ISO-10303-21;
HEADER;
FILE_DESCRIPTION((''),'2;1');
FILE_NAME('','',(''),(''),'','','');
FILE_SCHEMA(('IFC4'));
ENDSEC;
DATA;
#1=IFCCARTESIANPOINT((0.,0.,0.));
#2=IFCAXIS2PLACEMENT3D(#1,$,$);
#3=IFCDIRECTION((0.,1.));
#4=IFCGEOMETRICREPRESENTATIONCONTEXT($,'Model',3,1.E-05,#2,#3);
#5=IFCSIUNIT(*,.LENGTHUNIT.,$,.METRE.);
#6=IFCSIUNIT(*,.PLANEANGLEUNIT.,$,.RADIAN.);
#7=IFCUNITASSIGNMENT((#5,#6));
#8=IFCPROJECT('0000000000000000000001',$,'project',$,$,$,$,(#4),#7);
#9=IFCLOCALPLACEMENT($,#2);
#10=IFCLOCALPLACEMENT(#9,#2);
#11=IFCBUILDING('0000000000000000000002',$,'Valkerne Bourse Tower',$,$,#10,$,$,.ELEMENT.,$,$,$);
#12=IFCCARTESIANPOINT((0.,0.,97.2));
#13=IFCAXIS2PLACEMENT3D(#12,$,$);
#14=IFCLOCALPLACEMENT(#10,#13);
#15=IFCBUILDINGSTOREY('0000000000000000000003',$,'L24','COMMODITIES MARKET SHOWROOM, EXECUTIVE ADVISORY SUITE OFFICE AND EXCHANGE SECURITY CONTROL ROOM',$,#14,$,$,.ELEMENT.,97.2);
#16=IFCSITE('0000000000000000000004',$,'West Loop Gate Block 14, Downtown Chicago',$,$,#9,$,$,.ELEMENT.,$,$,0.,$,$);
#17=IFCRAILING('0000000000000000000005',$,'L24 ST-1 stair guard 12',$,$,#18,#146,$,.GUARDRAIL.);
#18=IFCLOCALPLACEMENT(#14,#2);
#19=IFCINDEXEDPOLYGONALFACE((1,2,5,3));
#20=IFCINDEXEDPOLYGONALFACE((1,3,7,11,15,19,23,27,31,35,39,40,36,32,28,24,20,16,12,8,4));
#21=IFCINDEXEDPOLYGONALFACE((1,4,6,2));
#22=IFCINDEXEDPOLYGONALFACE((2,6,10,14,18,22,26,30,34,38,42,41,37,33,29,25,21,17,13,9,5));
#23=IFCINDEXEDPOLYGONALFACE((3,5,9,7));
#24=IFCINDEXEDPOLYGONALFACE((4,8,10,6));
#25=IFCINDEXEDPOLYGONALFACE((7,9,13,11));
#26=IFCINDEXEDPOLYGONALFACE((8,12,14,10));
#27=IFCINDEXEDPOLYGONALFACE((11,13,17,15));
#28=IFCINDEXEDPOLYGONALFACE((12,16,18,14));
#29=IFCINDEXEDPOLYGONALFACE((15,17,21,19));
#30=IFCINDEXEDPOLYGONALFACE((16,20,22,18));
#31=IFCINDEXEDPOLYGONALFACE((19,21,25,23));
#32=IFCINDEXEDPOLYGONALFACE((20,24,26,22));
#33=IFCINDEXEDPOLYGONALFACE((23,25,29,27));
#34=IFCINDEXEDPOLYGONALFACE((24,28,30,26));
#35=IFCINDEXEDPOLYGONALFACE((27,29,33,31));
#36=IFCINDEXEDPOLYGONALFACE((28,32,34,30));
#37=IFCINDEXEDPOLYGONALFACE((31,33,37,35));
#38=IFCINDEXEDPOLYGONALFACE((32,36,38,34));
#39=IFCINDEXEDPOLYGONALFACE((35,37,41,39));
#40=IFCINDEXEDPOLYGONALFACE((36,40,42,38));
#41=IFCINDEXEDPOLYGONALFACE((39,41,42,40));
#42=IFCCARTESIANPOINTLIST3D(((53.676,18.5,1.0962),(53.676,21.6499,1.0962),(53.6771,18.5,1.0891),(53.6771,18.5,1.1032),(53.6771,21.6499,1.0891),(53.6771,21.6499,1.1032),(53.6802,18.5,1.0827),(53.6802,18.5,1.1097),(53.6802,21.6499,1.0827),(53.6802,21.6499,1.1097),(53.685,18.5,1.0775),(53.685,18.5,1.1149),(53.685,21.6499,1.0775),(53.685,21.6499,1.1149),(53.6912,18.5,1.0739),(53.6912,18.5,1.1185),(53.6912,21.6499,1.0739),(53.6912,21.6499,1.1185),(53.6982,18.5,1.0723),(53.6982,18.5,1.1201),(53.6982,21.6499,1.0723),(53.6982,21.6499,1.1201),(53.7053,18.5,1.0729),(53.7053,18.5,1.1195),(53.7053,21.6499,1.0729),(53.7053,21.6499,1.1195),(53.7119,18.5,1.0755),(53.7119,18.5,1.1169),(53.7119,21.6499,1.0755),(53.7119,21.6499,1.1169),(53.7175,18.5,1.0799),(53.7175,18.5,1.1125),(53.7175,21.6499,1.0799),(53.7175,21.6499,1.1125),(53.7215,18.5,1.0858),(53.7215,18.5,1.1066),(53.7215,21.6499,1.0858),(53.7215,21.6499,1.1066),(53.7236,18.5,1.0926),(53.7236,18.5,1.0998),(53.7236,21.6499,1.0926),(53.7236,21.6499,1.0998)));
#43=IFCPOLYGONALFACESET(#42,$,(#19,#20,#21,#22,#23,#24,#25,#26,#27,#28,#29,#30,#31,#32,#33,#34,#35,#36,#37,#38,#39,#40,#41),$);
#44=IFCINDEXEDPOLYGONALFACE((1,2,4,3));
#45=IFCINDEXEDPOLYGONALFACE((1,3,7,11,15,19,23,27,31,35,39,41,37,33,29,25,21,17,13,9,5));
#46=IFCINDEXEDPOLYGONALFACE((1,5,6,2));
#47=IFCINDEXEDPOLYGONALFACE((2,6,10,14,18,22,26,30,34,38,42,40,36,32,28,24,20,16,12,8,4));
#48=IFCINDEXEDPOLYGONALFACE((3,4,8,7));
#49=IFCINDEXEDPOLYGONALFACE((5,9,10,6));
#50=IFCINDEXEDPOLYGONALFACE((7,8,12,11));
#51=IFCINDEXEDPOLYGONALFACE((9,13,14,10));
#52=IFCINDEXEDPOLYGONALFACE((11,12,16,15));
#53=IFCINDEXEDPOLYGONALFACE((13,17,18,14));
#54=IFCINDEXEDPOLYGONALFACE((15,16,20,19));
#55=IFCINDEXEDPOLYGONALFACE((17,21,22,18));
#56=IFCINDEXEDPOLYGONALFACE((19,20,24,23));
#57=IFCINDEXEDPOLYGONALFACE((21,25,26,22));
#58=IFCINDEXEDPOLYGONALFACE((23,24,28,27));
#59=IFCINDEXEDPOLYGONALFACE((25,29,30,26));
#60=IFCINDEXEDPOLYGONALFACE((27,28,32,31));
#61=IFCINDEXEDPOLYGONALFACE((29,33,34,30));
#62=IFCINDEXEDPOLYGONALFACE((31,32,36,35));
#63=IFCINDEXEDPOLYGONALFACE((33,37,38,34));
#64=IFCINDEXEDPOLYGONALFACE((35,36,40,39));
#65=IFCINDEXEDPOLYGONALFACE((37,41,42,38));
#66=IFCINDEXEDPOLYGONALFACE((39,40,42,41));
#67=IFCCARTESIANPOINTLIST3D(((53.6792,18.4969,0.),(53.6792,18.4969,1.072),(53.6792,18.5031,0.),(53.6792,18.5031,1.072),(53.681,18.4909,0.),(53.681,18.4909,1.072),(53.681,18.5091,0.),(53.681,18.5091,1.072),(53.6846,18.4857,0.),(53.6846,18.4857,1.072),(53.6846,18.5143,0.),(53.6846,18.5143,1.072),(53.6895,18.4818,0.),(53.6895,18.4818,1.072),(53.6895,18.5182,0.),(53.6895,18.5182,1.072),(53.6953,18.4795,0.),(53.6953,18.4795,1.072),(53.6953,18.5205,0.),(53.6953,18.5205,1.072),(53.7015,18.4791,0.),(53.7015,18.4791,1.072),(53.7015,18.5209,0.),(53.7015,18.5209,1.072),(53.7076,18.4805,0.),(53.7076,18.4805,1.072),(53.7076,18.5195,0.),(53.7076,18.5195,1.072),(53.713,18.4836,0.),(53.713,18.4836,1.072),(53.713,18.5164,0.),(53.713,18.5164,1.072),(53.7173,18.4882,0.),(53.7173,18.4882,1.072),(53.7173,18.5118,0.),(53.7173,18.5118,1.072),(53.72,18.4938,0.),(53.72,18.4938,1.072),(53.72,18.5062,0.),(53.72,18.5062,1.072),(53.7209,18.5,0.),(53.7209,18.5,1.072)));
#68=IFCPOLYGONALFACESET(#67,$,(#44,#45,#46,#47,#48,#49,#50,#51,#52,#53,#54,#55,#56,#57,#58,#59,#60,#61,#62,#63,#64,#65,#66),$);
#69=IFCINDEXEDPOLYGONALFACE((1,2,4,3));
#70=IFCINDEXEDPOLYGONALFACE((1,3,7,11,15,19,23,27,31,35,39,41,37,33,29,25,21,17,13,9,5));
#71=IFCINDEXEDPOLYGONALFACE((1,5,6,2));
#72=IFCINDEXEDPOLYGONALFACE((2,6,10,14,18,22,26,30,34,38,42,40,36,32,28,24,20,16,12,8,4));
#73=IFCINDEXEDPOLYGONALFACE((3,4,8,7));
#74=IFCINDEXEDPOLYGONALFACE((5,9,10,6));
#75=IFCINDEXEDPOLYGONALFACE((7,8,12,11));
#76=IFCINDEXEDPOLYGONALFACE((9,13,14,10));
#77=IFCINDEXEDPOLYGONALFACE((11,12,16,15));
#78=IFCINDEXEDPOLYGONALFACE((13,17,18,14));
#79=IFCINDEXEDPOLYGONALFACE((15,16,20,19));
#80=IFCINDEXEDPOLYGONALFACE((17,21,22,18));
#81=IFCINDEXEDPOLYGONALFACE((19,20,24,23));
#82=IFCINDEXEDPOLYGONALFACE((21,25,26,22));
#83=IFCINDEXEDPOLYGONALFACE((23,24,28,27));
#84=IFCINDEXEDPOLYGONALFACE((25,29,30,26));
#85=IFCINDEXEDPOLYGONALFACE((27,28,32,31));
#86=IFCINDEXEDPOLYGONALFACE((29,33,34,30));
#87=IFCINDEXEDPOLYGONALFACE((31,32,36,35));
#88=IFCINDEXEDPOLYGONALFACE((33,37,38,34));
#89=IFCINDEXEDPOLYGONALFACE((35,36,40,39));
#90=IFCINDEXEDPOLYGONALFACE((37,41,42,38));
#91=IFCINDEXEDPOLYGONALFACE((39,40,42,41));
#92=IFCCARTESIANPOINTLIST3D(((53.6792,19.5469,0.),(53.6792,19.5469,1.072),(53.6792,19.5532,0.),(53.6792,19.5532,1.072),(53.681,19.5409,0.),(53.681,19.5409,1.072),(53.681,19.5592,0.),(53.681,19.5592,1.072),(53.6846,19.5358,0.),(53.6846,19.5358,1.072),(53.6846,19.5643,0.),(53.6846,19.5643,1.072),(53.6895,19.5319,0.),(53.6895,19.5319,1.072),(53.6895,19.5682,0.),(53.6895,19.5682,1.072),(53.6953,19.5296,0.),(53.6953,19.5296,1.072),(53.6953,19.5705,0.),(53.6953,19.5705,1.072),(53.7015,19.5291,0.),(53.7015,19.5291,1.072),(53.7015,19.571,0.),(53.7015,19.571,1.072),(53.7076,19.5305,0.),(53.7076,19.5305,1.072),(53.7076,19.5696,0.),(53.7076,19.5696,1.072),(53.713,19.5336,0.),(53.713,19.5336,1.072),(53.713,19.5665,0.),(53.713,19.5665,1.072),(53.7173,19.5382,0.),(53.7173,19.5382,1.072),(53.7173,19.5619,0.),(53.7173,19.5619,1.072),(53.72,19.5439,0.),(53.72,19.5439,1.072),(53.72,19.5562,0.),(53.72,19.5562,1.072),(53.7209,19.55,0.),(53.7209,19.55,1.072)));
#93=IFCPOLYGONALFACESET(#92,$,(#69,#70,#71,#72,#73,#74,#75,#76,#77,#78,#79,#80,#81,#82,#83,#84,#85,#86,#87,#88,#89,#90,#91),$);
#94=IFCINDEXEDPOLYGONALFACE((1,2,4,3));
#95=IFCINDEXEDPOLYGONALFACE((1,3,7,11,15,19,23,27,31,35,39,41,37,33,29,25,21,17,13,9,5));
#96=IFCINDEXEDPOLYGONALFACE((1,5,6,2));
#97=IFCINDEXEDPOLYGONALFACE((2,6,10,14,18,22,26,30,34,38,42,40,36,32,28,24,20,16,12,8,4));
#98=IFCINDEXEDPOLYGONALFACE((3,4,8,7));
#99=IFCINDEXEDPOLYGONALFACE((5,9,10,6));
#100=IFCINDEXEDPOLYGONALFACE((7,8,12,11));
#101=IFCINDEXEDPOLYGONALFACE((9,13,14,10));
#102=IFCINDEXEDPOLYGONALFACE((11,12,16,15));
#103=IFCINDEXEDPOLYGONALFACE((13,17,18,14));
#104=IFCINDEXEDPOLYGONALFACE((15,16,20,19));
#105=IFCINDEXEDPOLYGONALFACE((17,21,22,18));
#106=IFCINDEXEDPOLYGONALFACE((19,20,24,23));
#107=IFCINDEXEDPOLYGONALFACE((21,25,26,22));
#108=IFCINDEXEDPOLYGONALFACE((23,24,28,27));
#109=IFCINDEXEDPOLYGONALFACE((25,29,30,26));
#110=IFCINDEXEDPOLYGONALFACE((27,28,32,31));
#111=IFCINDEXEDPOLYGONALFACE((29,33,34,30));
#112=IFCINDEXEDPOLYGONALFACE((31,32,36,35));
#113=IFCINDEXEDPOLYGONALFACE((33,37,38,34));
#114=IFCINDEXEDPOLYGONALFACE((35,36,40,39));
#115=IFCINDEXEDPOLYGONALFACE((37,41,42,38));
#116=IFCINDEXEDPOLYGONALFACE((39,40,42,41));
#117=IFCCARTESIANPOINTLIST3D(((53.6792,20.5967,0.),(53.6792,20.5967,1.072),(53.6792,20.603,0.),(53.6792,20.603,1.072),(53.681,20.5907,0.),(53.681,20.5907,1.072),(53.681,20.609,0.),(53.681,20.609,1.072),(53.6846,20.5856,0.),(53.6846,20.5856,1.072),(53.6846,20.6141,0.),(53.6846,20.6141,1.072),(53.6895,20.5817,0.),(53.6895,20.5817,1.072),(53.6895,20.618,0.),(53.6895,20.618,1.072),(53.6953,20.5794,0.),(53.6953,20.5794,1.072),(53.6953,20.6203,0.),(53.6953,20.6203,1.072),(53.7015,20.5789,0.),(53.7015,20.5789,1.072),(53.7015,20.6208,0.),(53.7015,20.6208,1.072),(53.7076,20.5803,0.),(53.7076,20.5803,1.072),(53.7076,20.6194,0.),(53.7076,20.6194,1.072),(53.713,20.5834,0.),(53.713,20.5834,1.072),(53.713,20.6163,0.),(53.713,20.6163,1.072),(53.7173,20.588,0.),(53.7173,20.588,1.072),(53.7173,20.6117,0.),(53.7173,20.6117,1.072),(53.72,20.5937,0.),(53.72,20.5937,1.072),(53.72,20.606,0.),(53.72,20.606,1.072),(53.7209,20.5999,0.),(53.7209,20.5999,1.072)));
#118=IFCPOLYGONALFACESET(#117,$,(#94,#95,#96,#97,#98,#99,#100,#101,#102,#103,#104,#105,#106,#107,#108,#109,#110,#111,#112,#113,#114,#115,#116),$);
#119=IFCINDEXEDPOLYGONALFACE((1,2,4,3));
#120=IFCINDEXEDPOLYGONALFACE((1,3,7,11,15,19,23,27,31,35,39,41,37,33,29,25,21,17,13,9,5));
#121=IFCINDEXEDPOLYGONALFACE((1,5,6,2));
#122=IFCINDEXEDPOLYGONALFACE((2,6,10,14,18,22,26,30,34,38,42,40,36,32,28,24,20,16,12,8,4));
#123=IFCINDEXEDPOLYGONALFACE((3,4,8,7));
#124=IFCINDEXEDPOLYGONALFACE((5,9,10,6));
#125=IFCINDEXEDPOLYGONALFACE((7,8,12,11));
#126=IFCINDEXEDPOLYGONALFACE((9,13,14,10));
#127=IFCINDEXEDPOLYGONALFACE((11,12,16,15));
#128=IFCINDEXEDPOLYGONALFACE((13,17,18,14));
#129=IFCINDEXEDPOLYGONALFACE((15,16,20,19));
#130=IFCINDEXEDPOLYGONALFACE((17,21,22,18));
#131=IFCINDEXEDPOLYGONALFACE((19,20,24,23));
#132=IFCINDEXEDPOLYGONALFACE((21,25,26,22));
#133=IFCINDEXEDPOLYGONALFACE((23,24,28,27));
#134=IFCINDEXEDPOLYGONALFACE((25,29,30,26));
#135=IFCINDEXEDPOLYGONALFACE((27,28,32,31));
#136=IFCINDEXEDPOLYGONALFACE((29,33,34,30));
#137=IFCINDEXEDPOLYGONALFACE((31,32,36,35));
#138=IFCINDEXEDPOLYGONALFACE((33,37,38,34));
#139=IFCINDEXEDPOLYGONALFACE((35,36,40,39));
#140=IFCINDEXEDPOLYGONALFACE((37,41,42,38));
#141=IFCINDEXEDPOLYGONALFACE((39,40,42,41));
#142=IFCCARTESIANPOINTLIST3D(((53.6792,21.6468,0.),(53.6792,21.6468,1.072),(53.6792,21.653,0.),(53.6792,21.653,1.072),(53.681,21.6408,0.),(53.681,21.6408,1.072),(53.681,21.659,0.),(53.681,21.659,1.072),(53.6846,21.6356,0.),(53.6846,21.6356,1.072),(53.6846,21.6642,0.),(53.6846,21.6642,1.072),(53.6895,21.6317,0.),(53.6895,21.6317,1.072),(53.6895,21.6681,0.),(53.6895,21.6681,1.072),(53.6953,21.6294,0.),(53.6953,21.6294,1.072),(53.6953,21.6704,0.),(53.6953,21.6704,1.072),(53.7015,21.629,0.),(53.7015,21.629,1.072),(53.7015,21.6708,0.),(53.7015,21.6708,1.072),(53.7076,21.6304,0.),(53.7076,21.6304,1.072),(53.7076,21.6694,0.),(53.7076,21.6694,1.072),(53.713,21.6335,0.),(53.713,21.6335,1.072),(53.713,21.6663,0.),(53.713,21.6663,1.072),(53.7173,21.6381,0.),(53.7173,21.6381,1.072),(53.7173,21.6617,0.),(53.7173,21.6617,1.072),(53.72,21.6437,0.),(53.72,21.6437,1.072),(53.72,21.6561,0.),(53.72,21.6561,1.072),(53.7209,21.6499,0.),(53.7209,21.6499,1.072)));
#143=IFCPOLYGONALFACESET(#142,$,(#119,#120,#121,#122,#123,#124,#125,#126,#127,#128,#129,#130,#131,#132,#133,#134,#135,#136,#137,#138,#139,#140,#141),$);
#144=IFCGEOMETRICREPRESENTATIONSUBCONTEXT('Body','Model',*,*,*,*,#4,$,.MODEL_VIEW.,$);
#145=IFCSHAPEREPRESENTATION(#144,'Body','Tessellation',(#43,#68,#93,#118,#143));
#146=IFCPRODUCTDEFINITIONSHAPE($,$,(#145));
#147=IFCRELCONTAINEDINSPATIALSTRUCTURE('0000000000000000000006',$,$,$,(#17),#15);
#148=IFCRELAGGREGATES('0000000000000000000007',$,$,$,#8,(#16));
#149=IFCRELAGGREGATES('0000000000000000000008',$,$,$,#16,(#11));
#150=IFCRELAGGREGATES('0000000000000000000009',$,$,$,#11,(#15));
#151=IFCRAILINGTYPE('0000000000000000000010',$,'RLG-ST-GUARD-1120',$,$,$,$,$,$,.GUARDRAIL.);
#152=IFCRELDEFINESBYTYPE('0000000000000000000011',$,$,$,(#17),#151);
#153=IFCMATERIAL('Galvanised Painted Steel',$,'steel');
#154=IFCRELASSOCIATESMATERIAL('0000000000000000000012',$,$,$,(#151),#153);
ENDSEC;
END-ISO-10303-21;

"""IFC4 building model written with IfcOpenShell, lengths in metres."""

from ifc_helpers import new_model, si_unit, direction, frame, origin, origin_2d, place, context, subcontext, project, spatial, circle, extrude, material, type_object, element, save


model = new_model("IFC4")

# Units and contexts
model_context = context("Model", 3, precision=1e-05, world=origin(), true_north=direction((0.0, 1.0)))
body_context = subcontext(model_context, "Body", "Model", "MODEL_VIEW")
ifc_project = project(units=[si_unit("LENGTHUNIT", "METRE"), si_unit("PLANEANGLEUNIT", "RADIAN")], contexts=[model_context])

# Site, building, storey
site_placement = place(None, origin())
site = spatial("IfcSite", under=ifc_project, at=site_placement, Name="West Loop Gate Block 14, Downtown Chicago", CompositionType="ELEMENT", RefElevation=0.0)
building_placement = place(site_placement, origin())
building = spatial("IfcBuilding", under=site, at=building_placement, Name="Valkerne Bourse Tower", CompositionType="ELEMENT")
storey_placement = place(building_placement, frame((0.0, 0.0, 97.2)))
storey = spatial("IfcBuildingStorey", under=building, at=storey_placement, Name="L24", Description="COMMODITIES MARKET SHOWROOM, EXECUTIVE ADVISORY SUITE OFFICE AND EXCHANGE SECURITY CONTROL ROOM", CompositionType="ELEMENT", Elevation=97.2)

# Railing
ifc_material_1 = material(Name="Galvanised Painted Steel", Category="steel")
railing_type = type_object("IfcRailingType", Name="RLG-ST-GUARD-1120", PredefinedType="GUARDRAIL", material=ifc_material_1)
railing_placement = place(storey_placement, frame((53.7, 18.5, 0.0)))
element("IfcRailing", 1, at=railing_placement, inside=storey, type_object=railing_type, Name="L24 ST-1 stair guard 12", PredefinedType="GUARDRAIL", context=body_context, shape_type="SweptSolid", body=[
    extrude(circle(Radius=0.0239, at=origin_2d()), frame((0.0, 0.0, 1.0962), z_axis=(0.0, 1.0, 0.0), x_axis=(-1.0, 0.0, 0.0)), (0.0, 0.0, 1.0), 3.1499),
    extrude(circle(Radius=0.021, at=origin_2d()), origin(), (0.0, 0.0, 1.0), 1.072),
    extrude(circle(Radius=0.021, at=origin_2d()), frame((0.0, 1.05, 0.0)), (0.0, 0.0, 1.0), 1.072),
    extrude(circle(Radius=0.021, at=origin_2d()), frame((0.0, 2.0999, 0.0)), (0.0, 0.0, 1.0), 1.072),
    extrude(circle(Radius=0.021, at=origin_2d()), frame((0.0, 3.1499, 0.0)), (0.0, 0.0, 1.0), 1.072),
])

save(model, "model.ifc")
